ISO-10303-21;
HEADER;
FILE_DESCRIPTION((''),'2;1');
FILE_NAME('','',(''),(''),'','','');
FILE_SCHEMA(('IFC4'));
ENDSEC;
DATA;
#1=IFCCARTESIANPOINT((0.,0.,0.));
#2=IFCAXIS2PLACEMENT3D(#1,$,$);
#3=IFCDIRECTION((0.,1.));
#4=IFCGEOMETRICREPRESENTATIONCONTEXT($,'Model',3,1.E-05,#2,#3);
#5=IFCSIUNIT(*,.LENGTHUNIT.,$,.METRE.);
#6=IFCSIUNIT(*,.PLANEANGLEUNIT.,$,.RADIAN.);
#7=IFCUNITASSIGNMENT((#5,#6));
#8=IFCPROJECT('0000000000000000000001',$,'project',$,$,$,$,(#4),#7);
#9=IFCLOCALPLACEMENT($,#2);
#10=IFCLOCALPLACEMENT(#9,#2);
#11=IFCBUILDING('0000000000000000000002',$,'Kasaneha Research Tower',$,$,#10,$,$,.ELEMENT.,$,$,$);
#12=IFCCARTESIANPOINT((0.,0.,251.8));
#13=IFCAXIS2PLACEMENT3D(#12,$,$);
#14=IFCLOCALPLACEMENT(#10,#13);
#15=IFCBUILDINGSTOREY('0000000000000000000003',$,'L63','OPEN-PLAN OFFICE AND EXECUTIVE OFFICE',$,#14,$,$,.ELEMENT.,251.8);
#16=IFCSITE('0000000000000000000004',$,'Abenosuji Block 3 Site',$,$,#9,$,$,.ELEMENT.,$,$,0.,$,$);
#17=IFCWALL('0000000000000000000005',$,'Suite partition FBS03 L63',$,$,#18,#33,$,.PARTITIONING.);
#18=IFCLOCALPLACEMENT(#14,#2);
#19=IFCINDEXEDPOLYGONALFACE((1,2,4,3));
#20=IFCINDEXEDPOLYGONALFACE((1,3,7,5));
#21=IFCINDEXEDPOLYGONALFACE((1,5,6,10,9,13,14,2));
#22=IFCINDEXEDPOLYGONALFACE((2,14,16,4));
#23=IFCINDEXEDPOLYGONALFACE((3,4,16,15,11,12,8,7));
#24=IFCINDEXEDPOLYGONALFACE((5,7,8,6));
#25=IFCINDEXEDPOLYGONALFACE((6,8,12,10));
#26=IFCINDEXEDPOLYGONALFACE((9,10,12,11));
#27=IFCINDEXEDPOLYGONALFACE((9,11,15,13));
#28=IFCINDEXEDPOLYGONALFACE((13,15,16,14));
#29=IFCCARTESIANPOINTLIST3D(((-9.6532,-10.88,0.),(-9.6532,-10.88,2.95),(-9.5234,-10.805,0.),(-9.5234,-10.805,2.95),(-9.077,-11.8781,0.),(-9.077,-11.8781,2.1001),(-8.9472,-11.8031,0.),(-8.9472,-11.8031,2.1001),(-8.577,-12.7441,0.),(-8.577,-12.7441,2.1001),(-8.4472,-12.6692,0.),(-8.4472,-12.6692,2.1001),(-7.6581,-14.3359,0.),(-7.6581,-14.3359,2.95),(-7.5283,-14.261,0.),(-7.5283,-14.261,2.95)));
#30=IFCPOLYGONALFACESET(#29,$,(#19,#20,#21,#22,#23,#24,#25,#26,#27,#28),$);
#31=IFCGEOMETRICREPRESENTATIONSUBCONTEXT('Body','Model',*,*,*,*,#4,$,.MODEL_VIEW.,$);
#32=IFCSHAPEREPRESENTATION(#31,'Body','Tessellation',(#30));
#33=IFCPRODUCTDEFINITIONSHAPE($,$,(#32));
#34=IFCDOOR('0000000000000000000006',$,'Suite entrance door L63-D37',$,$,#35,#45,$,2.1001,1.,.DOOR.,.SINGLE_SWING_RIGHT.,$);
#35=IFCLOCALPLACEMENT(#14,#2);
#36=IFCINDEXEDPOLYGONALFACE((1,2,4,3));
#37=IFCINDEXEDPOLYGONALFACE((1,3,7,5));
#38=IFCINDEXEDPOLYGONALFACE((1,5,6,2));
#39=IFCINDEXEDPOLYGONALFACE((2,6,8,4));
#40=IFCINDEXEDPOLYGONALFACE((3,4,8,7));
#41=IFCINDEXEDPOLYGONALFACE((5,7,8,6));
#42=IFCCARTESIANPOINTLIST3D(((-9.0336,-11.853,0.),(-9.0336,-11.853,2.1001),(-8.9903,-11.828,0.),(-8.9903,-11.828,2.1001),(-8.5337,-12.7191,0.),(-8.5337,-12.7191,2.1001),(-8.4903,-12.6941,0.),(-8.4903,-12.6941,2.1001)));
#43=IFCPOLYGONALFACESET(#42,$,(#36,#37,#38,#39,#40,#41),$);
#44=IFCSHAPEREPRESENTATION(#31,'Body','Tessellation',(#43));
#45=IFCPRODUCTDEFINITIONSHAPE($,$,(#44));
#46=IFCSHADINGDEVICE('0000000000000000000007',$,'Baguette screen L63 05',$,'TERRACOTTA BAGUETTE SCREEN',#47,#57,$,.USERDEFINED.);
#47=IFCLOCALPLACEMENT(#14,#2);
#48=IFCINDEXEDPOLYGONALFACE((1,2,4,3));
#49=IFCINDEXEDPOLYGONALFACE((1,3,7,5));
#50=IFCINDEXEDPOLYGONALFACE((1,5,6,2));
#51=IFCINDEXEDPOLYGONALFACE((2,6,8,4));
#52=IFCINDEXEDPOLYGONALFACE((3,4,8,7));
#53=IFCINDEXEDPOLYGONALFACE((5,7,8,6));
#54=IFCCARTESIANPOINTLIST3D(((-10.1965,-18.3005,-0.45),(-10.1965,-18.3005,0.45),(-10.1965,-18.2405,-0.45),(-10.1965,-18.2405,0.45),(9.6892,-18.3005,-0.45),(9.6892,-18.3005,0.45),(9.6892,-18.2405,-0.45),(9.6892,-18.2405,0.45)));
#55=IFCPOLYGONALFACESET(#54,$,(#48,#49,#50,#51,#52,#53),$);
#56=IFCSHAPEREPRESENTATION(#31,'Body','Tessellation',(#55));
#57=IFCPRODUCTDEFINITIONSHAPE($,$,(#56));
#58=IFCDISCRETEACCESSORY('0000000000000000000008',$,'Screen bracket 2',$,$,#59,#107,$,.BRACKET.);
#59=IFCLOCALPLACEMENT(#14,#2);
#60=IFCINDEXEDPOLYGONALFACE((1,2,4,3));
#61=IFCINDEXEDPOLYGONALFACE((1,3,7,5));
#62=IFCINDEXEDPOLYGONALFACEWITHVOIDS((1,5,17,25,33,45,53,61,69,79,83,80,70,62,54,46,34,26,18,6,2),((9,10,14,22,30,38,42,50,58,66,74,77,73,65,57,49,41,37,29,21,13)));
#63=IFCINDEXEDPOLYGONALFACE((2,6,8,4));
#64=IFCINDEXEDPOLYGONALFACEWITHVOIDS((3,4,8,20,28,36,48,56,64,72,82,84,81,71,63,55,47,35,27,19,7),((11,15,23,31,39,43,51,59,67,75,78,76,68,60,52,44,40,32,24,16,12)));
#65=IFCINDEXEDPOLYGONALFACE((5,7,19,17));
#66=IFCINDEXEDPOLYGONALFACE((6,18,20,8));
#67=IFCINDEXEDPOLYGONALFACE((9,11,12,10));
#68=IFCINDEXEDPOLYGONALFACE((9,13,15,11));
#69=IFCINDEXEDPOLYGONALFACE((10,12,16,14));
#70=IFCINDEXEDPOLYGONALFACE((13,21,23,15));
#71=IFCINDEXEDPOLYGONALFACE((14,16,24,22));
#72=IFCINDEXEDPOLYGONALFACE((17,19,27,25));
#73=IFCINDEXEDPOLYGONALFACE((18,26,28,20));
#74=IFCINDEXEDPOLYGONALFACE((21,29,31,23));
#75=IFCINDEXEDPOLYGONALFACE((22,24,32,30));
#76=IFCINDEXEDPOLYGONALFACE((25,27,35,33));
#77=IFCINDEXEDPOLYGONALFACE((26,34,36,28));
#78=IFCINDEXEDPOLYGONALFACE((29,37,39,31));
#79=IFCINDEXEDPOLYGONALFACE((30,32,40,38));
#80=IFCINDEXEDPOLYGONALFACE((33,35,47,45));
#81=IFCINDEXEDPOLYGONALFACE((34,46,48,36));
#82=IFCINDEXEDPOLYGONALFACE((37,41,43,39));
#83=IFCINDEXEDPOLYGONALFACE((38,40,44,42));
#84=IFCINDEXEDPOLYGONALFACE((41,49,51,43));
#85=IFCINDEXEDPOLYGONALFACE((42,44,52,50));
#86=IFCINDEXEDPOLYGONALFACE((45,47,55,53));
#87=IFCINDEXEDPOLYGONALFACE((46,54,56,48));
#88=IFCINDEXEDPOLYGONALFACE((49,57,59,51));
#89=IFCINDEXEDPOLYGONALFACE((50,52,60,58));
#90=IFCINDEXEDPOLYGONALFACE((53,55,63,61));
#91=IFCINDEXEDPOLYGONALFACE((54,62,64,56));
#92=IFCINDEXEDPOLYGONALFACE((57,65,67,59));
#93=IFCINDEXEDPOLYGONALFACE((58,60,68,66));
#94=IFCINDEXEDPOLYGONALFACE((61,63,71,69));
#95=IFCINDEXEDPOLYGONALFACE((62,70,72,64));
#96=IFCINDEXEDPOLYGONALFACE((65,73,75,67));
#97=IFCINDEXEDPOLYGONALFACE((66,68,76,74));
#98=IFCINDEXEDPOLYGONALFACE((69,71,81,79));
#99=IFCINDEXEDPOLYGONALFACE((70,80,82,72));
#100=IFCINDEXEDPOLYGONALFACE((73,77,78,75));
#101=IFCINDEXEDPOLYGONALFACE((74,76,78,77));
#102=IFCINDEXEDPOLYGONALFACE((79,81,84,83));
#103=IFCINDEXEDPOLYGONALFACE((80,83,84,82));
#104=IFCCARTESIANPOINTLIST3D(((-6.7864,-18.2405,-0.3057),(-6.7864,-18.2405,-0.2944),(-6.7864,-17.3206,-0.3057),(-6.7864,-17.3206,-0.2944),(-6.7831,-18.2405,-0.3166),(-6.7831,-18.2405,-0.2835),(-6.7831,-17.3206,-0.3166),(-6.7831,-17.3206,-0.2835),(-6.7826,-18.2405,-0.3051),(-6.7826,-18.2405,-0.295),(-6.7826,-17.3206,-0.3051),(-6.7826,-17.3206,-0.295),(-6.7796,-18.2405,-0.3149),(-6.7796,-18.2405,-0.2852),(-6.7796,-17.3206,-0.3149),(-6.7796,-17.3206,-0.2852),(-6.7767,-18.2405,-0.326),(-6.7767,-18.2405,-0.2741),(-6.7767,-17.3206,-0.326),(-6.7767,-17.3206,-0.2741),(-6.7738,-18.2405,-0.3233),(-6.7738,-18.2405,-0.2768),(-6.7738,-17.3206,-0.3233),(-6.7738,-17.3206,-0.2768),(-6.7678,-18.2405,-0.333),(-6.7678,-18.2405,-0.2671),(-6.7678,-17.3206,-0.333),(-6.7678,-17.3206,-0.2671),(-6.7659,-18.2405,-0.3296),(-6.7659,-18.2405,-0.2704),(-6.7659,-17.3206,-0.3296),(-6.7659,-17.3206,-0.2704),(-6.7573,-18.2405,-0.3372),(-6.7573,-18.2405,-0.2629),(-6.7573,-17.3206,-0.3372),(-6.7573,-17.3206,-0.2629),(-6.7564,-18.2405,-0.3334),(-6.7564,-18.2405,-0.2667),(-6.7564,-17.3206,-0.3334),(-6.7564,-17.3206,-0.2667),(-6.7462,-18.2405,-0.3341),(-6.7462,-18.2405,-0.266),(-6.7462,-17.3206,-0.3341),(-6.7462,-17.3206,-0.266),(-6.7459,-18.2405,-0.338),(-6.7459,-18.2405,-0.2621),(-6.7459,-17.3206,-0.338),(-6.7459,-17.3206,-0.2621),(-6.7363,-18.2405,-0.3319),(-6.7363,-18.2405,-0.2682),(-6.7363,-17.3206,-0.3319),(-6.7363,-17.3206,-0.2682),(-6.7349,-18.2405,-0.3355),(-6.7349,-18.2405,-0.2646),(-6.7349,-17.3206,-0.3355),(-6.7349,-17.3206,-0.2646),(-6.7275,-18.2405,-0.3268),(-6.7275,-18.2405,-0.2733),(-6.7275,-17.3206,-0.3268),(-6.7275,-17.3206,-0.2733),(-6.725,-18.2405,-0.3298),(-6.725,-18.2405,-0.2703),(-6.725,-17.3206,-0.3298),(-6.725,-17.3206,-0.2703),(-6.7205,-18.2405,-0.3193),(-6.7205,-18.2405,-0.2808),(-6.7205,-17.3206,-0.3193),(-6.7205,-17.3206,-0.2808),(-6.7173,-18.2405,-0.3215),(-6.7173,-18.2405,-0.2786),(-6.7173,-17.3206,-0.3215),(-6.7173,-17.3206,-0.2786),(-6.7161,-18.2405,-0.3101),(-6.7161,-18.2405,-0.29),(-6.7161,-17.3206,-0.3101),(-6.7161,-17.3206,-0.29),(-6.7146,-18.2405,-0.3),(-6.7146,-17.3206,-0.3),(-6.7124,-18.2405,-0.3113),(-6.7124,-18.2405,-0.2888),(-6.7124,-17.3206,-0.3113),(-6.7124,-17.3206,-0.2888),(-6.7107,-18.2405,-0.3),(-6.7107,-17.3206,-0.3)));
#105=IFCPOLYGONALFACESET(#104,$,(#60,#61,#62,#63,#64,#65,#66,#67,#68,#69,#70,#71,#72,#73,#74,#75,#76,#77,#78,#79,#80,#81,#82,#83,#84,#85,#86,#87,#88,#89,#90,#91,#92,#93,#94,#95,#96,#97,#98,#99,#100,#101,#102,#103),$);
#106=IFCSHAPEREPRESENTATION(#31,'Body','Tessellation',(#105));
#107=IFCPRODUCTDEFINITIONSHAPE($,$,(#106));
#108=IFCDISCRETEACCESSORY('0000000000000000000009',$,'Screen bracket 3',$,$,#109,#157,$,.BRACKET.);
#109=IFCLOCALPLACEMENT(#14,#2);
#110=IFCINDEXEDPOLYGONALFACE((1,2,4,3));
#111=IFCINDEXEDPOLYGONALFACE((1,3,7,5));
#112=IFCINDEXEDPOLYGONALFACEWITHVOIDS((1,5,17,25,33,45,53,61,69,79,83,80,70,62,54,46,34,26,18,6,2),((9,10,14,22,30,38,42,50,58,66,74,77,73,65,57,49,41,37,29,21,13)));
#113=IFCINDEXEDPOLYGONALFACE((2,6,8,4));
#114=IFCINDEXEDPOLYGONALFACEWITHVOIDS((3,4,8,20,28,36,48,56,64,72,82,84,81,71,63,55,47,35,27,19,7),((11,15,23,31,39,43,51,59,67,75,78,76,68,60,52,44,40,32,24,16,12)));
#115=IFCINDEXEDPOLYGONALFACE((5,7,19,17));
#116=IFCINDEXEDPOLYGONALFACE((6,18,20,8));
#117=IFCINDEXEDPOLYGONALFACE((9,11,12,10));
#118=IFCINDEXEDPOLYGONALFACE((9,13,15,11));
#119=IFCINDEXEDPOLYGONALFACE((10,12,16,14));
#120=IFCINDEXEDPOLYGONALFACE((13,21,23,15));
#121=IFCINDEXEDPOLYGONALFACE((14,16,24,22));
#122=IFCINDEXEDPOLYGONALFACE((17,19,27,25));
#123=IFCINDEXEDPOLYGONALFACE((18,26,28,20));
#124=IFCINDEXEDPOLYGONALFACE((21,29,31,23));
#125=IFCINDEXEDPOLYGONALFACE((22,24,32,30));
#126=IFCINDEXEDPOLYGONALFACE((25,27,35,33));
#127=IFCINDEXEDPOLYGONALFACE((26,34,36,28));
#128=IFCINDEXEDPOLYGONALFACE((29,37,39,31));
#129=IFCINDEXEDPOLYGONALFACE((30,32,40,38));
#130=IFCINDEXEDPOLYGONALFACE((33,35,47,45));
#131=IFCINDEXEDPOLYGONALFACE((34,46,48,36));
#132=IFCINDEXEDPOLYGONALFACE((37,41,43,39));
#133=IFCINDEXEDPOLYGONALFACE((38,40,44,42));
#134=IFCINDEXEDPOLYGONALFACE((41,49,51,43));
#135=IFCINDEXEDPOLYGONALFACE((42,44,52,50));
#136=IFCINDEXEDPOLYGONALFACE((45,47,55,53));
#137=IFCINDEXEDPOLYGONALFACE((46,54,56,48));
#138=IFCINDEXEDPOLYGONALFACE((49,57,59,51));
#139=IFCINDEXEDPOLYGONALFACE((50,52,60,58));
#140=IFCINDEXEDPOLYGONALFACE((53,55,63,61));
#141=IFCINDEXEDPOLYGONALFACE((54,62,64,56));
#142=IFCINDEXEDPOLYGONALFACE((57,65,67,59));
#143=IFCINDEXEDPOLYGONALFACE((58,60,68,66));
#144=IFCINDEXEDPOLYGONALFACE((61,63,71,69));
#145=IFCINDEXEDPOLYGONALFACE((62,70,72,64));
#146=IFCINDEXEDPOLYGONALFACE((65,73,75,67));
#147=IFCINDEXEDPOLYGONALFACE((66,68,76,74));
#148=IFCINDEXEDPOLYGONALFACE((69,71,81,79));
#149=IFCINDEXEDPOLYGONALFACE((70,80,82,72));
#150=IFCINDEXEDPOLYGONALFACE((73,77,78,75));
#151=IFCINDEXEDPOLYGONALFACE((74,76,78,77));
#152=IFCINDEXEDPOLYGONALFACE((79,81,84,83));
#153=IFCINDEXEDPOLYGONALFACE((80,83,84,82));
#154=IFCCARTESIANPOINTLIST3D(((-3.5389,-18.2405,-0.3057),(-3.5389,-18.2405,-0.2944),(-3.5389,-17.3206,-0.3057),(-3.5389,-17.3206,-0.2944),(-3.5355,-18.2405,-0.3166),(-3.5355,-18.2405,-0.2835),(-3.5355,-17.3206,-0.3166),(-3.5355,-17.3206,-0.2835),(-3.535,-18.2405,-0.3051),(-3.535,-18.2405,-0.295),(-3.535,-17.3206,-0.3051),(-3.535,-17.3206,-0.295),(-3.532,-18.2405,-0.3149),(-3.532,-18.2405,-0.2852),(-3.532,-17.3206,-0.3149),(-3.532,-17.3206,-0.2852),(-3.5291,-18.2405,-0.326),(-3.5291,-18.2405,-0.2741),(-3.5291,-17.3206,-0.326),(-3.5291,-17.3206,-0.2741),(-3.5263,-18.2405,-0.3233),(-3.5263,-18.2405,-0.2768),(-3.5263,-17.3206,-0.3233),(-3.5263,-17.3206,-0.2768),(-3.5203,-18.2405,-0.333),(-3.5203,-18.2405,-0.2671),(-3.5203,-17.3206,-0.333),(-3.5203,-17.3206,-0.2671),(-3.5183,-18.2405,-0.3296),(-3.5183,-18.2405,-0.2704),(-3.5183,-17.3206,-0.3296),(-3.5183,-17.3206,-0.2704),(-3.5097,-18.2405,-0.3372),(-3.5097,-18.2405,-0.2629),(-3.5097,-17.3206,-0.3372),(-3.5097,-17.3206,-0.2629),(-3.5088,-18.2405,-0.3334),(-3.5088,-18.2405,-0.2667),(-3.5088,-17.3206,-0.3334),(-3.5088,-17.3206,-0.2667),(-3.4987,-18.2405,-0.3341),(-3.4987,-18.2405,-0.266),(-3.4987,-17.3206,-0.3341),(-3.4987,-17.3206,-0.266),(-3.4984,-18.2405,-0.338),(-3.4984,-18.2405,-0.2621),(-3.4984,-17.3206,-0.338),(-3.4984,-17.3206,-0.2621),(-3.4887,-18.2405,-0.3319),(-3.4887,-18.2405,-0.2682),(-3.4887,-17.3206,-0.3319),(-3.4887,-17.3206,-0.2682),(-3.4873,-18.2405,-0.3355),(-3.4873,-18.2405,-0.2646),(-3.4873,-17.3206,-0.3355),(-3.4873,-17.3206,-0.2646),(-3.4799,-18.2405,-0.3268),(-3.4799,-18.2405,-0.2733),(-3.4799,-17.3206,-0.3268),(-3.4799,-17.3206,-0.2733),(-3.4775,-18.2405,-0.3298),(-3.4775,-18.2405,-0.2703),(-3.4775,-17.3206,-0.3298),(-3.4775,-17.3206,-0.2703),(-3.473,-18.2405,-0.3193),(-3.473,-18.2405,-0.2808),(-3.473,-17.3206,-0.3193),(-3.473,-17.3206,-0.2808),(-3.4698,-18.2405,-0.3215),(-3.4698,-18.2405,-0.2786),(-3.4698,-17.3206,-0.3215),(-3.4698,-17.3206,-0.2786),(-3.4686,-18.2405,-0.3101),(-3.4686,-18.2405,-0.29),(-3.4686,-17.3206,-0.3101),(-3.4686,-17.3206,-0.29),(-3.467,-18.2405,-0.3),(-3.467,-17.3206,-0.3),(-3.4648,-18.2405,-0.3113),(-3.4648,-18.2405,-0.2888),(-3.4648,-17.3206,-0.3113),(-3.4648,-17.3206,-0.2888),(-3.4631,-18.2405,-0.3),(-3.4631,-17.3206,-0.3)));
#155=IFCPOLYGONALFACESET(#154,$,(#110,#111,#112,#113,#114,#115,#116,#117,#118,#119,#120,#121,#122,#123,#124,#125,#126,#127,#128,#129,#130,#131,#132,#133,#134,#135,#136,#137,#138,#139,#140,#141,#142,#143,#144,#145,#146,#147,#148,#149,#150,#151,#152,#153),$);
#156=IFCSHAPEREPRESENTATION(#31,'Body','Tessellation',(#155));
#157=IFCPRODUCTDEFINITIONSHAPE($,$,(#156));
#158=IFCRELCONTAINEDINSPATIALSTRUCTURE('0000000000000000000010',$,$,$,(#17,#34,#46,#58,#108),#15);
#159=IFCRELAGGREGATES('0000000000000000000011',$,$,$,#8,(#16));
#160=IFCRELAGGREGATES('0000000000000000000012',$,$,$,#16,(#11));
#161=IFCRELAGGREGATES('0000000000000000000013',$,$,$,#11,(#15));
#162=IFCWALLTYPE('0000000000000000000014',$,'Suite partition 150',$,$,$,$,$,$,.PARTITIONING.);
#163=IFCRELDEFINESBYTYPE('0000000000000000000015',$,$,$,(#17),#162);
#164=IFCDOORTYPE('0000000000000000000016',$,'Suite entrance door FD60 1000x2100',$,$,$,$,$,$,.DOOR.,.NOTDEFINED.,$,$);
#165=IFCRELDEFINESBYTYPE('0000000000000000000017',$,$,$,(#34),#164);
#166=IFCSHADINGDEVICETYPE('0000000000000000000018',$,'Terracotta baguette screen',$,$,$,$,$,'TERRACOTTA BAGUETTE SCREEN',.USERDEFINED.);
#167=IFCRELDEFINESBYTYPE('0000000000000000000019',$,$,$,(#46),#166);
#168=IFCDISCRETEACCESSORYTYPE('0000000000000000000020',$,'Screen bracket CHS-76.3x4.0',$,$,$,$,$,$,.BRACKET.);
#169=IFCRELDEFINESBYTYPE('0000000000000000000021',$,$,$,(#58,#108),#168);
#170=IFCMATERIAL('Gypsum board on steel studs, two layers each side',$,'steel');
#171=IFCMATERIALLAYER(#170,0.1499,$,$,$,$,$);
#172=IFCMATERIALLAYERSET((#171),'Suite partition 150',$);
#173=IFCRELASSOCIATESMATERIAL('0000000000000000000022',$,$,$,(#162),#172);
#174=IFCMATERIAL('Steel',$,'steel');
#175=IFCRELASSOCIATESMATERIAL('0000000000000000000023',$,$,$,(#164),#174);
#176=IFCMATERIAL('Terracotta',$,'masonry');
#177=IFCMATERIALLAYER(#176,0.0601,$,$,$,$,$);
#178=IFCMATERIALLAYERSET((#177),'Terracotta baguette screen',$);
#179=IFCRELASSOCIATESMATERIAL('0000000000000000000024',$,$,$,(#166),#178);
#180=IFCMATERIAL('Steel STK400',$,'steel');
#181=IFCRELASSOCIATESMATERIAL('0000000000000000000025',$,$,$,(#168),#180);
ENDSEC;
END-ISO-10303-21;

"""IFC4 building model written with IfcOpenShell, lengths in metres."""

from ifc_helpers import new_model, si_unit, direction, frame, frame_2d, origin, origin_2d, place, context, subcontext, project, spatial, rectangle, hollow_circle, extrude, material, layer, layer_set, material_profile, profile_set, type_object, element, fill, save


model = new_model("IFC4")

# Units and contexts
model_context = context("Model", 3, precision=1e-05, world=origin(), true_north=direction((0.0, 1.0)))
body_context = subcontext(model_context, "Body", "Model", "MODEL_VIEW")
ifc_project = project(units=[si_unit("LENGTHUNIT", "METRE"), si_unit("PLANEANGLEUNIT", "RADIAN")], contexts=[model_context])

# Site, building, storey
site_placement = place(None, origin())
site = spatial("IfcSite", under=ifc_project, at=site_placement, Name="Abenosuji Block 3 Site", CompositionType="ELEMENT", RefElevation=0.0)
building_placement = place(site_placement, origin())
building = spatial("IfcBuilding", under=site, at=building_placement, Name="Kasaneha Research Tower", CompositionType="ELEMENT")
storey_placement = place(building_placement, frame((0.0, 0.0, 251.8)))
storey = spatial("IfcBuildingStorey", under=building, at=storey_placement, Name="L63", Description="OPEN-PLAN OFFICE AND EXECUTIVE OFFICE", CompositionType="ELEMENT", Elevation=251.8)

# Wall, opening, door
ifc_material_1 = material(Name="Gypsum board on steel studs, two layers each side", Category="steel")
ifc_layer_1 = layer(ifc_material_1, 0.1499)
ifc_layer_set_1 = layer_set([ifc_layer_1], Name="Suite partition 150")
wall_type_1 = type_object("IfcWallType", Name="Suite partition 150", PredefinedType="PARTITIONING", material=ifc_layer_set_1)
wall_1_placement = place(storey_placement, frame((-7.5933, -14.2983, 0.0), z_axis=(0.0, 0.0, 1.0), x_axis=(-0.499955, 0.866051, 0.0)))
wall_1 = element("IfcWall", 1, at=wall_1_placement, inside=storey, type_object=wall_type_1, Name="Suite partition FBS03 L63", PredefinedType="PARTITIONING", context=body_context, shape_type="SweptSolid", body=[
    extrude(rectangle(XDim=3.9905, YDim=0.1499, at=frame_2d((1.9951, 0.0))), origin(), (0.0, 0.0, 1.0), 2.95),
])
opening_1_placement = place(wall_1_placement, frame((1.8379, 0.0, 0.0)))
opening_1 = element("IfcOpeningElement", 2, at=opening_1_placement, cuts=wall_1, PredefinedType="OPENING", context=body_context, shape_type="SweptSolid", body=[
    extrude(rectangle(XDim=1.0, YDim=2.1001, at=frame_2d((0.5, 1.05))), frame((0.0, 0.085, 0.0), z_axis=(0.0, -1.0, 0.0), x_axis=(1.0, 0.0, 0.0)), (0.0, 0.0, 1.0), 0.1699),
])
ifc_material_2 = material(Name="Steel", Category="steel")
door_type_1 = type_object("IfcDoorType", Name="Suite entrance door FD60 1000x2100", OperationType="NOTDEFINED", PredefinedType="DOOR", material=ifc_material_2)
door_1_placement = place(opening_1_placement, origin())
door_1 = element("IfcDoor", 3, at=door_1_placement, inside=storey, type_object=door_type_1, Name="Suite entrance door L63-D37", OperationType="SINGLE_SWING_RIGHT", OverallHeight=2.1001, OverallWidth=1.0, PredefinedType="DOOR", context=body_context, shape_type="SweptSolid", body=[
    extrude(rectangle(XDim=1.0, YDim=2.1001, at=frame_2d((0.5, 1.05))), frame((0.0, 0.0249, 0.0), z_axis=(0.0, -1.0, 0.0), x_axis=(1.0, 0.0, 0.0)), (0.0, 0.0, 1.0), 0.05),
])
fill(opening_1, door_1)

# Shading device
ifc_material_3 = material(Name="Terracotta", Category="masonry")
ifc_layer_2 = layer(ifc_material_3, 0.0601)
ifc_layer_set_2 = layer_set([ifc_layer_2], Name="Terracotta baguette screen")
shading_device_type = type_object("IfcShadingDeviceType", Name="Terracotta baguette screen", ElementType="TERRACOTTA BAGUETTE SCREEN", PredefinedType="USERDEFINED", material=ifc_layer_set_2)
shading_device_placement = place(storey_placement, frame((-0.2537, -18.2705, -0.45), z_axis=(0.0, 0.0, 1.0), x_axis=(1.0, 0.0, 0.0)))
element("IfcShadingDevice", 4, at=shading_device_placement, inside=storey, type_object=shading_device_type, Name="Baguette screen L63 05", ObjectType="TERRACOTTA BAGUETTE SCREEN", PredefinedType="USERDEFINED", context=body_context, shape_type="SweptSolid", body=[
    extrude(rectangle(XDim=19.8857, YDim=0.0601, at=origin_2d()), origin(), (0.0, 0.0, 1.0), 0.8999),
])

# Discrete accessories
ifc_material_4 = material(Name="Steel STK400", Category="steel")
ifc_material_profile_1 = material_profile(ifc_material_4, hollow_circle(Radius=0.0381, WallThickness=0.0039, at=origin_2d()), Name="CHS-76.3x4.0")
ifc_profile_set_1 = profile_set([ifc_material_profile_1], Name="Steel STK400")
discrete_accessory_type = type_object("IfcDiscreteAccessoryType", Name="Screen bracket CHS-76.3x4.0", PredefinedType="BRACKET", material=ifc_profile_set_1)
for number, where, z_axis, x_axis, name in (
    (5, (-6.7488, -17.3206, -0.3), (0.0, -1.0, 0.0), (1.0, 0.0, 0.0), "Screen bracket 2"),
    (6, (-3.5012, -17.3206, -0.3), (0.0, -1.0, 0.0), (1.0, 0.0, 0.0), "Screen bracket 3"),
):
    element("IfcDiscreteAccessory", number, at=place(storey_placement, frame(where, z_axis=z_axis, x_axis=x_axis)), inside=storey, type_object=discrete_accessory_type, Name=name, PredefinedType="BRACKET", context=body_context, shape_type="SweptSolid", body=[
        extrude(hollow_circle(Radius=0.0381, WallThickness=0.0039, at=origin_2d()), origin(), (0.0, 0.0, 1.0), 0.9199),
    ])

save(model, "model.ifc")
